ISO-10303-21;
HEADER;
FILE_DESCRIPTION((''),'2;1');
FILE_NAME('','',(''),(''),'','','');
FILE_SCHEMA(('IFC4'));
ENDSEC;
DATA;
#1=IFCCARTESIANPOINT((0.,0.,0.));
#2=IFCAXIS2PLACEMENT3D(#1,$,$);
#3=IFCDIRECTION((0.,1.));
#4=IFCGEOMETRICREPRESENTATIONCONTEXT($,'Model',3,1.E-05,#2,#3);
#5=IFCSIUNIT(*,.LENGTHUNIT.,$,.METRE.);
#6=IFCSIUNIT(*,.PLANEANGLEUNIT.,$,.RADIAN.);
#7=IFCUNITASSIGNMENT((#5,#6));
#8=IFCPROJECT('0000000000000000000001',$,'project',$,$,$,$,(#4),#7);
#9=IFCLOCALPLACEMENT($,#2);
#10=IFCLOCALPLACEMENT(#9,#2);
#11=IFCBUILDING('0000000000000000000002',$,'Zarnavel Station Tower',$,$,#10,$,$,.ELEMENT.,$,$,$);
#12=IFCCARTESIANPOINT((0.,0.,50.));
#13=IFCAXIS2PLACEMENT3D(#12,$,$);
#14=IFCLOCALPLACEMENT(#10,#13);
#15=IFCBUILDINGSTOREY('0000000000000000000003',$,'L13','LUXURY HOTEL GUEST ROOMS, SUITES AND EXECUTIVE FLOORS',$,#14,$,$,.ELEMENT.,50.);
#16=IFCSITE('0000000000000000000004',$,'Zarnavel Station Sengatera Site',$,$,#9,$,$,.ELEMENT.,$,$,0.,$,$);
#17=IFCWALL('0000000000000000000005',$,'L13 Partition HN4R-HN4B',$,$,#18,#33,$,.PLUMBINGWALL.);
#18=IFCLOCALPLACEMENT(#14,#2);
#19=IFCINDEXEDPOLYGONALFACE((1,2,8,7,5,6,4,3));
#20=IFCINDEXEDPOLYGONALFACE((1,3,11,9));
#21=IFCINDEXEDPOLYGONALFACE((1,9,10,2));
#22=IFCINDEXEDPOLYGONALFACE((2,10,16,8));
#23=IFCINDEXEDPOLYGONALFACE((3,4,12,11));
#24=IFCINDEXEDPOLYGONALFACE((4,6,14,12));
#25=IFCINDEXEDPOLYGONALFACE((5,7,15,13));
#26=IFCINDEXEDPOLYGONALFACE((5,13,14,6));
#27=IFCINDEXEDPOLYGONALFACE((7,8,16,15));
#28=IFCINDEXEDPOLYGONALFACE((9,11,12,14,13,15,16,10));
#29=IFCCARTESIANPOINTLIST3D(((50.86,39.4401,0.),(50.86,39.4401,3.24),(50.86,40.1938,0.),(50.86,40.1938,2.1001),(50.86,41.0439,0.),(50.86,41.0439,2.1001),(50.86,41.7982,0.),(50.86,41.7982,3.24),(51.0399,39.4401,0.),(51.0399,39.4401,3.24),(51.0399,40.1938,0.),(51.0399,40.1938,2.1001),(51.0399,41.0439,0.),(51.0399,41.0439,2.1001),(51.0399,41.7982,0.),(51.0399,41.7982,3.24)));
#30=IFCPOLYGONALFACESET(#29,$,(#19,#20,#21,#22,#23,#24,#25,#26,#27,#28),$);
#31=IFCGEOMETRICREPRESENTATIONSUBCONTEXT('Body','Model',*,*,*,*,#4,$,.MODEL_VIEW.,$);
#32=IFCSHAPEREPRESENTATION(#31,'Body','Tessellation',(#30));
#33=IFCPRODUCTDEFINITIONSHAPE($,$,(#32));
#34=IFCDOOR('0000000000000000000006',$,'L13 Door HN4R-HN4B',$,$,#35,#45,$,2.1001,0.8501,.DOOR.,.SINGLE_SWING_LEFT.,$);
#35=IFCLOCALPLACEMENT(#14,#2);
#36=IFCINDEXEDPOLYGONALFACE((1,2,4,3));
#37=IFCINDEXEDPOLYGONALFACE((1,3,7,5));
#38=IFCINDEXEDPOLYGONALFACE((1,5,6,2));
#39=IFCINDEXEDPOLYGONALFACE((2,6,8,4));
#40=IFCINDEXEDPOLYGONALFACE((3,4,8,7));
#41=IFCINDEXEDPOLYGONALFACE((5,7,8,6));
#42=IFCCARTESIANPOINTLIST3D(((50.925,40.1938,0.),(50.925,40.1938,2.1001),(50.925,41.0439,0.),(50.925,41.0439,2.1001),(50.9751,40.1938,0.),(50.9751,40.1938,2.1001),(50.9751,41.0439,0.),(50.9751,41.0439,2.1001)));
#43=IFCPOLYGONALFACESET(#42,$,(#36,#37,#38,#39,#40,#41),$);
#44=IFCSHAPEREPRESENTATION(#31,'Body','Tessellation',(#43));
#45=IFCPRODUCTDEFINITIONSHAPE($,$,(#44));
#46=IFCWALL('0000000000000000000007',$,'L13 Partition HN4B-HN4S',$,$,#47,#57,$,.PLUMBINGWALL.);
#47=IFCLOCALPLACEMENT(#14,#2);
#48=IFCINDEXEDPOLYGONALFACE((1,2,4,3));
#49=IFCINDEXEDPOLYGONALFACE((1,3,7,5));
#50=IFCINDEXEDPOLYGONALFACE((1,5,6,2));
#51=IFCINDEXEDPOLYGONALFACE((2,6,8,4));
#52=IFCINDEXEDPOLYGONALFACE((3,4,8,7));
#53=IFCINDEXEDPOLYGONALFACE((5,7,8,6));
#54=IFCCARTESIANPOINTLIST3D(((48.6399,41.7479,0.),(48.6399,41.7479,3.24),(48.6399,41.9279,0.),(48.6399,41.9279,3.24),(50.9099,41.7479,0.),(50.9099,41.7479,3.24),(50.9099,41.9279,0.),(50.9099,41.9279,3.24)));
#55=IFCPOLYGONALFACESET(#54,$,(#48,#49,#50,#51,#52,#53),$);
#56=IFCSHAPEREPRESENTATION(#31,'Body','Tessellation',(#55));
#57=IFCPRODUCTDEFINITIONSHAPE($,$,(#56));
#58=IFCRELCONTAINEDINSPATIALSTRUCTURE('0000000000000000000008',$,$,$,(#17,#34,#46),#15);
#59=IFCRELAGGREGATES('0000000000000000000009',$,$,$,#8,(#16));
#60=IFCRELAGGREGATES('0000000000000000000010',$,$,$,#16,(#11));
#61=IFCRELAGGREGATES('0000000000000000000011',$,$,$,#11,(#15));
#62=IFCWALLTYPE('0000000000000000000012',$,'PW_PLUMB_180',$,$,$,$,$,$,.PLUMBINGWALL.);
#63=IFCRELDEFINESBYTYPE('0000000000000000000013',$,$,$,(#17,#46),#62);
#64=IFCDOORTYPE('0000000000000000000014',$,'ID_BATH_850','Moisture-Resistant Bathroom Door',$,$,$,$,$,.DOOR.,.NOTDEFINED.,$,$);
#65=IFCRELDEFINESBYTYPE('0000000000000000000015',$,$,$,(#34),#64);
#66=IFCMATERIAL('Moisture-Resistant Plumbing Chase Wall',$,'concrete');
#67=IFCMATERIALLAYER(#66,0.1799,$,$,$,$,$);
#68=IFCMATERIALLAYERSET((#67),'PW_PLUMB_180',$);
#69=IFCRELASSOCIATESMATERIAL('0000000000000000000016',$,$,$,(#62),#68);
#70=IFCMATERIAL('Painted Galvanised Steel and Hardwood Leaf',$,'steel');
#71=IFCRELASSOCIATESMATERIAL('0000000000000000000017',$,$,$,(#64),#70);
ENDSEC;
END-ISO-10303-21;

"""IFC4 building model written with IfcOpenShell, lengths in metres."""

from ifc_helpers import new_model, si_unit, direction, frame, frame_2d, origin, place, context, subcontext, project, spatial, rectangle, extrude, material, layer, layer_set, type_object, element, fill, save


model = new_model("IFC4")

# Units and contexts
model_context = context("Model", 3, precision=1e-05, world=origin(), true_north=direction((0.0, 1.0)))
body_context = subcontext(model_context, "Body", "Model", "MODEL_VIEW")
ifc_project = project(units=[si_unit("LENGTHUNIT", "METRE"), si_unit("PLANEANGLEUNIT", "RADIAN")], contexts=[model_context])

# Site, building, storey
site_placement = place(None, origin())
site = spatial("IfcSite", under=ifc_project, at=site_placement, Name="Zarnavel Station Sengatera Site", CompositionType="ELEMENT", RefElevation=0.0)
building_placement = place(site_placement, origin())
building = spatial("IfcBuilding", under=site, at=building_placement, Name="Zarnavel Station Tower", CompositionType="ELEMENT")
storey_placement = place(building_placement, frame((0.0, 0.0, 50.0)))
storey = spatial("IfcBuildingStorey", under=building, at=storey_placement, Name="L13", Description="LUXURY HOTEL GUEST ROOMS, SUITES AND EXECUTIVE FLOORS", CompositionType="ELEMENT", Elevation=50.0)

# Shared definitions
ifc_material_1 = material(Name="Moisture-Resistant Plumbing Chase Wall", Category="concrete")
ifc_layer_1 = layer(ifc_material_1, 0.1799)
ifc_layer_set_1 = layer_set([ifc_layer_1], Name="PW_PLUMB_180")
wall_type_1 = type_object("IfcWallType", Name="PW_PLUMB_180", PredefinedType="PLUMBINGWALL", material=ifc_layer_set_1)

# Shared definitions
ifc_material_2 = material(Name="Painted Galvanised Steel and Hardwood Leaf", Category="steel")
door_type_1 = type_object("IfcDoorType", Name="ID_BATH_850", Description="Moisture-Resistant Bathroom Door", OperationType="NOTDEFINED", PredefinedType="DOOR", material=ifc_material_2)

# Wall, opening, door
wall_1_placement = place(storey_placement, frame((50.95, 39.4399, 0.0), z_axis=(0.0, 0.0, 1.0), x_axis=(0.0, 1.0, 0.0)))
wall_1 = element("IfcWall", 1, at=wall_1_placement, inside=storey, type_object=wall_type_1, Name="L13 Partition HN4R-HN4B", PredefinedType="PLUMBINGWALL", context=body_context, shape_type="SweptSolid", body=[
    extrude(rectangle(XDim=2.3582, YDim=0.1799, at=frame_2d((1.1792, 0.0))), origin(), (0.0, 0.0, 1.0), 3.24),
])
opening_1_placement = place(wall_1_placement, frame((0.7539, 0.0, 0.0)))
opening_1 = element("IfcOpeningElement", 2, at=opening_1_placement, cuts=wall_1, PredefinedType="OPENING", context=body_context, shape_type="SweptSolid", body=[
    extrude(rectangle(XDim=0.8501, YDim=2.1001, at=frame_2d((0.425, 1.05))), frame((0.0, 0.0999, 0.0), z_axis=(0.0, -1.0, 0.0), x_axis=(1.0, 0.0, 0.0)), (0.0, 0.0, 1.0), 0.2),
])
door_1_placement = place(opening_1_placement, origin())
door_1 = element("IfcDoor", 3, at=door_1_placement, inside=storey, type_object=door_type_1, Name="L13 Door HN4R-HN4B", OperationType="SINGLE_SWING_LEFT", OverallHeight=2.1001, OverallWidth=0.8501, PredefinedType="DOOR", context=body_context, shape_type="SweptSolid", body=[
    extrude(rectangle(XDim=0.8501, YDim=2.1001, at=frame_2d((0.425, 1.05))), frame((0.0, 0.0249, 0.0), z_axis=(0.0, -1.0, 0.0), x_axis=(1.0, 0.0, 0.0)), (0.0, 0.0, 1.0), 0.05),
])
fill(opening_1, door_1)

# Wall
wall_2_placement = place(storey_placement, frame((48.6399, 41.8379, 0.0), z_axis=(0.0, 0.0, 1.0), x_axis=(1.0, 0.0, 0.0)))
element("IfcWall", 4, at=wall_2_placement, inside=storey, type_object=wall_type_1, Name="L13 Partition HN4B-HN4S", PredefinedType="PLUMBINGWALL", context=body_context, shape_type="SweptSolid", body=[
    extrude(rectangle(XDim=2.27, YDim=0.1799, at=frame_2d((1.135, 0.0))), origin(), (0.0, 0.0, 1.0), 3.24),
])

save(model, "model.ifc")
